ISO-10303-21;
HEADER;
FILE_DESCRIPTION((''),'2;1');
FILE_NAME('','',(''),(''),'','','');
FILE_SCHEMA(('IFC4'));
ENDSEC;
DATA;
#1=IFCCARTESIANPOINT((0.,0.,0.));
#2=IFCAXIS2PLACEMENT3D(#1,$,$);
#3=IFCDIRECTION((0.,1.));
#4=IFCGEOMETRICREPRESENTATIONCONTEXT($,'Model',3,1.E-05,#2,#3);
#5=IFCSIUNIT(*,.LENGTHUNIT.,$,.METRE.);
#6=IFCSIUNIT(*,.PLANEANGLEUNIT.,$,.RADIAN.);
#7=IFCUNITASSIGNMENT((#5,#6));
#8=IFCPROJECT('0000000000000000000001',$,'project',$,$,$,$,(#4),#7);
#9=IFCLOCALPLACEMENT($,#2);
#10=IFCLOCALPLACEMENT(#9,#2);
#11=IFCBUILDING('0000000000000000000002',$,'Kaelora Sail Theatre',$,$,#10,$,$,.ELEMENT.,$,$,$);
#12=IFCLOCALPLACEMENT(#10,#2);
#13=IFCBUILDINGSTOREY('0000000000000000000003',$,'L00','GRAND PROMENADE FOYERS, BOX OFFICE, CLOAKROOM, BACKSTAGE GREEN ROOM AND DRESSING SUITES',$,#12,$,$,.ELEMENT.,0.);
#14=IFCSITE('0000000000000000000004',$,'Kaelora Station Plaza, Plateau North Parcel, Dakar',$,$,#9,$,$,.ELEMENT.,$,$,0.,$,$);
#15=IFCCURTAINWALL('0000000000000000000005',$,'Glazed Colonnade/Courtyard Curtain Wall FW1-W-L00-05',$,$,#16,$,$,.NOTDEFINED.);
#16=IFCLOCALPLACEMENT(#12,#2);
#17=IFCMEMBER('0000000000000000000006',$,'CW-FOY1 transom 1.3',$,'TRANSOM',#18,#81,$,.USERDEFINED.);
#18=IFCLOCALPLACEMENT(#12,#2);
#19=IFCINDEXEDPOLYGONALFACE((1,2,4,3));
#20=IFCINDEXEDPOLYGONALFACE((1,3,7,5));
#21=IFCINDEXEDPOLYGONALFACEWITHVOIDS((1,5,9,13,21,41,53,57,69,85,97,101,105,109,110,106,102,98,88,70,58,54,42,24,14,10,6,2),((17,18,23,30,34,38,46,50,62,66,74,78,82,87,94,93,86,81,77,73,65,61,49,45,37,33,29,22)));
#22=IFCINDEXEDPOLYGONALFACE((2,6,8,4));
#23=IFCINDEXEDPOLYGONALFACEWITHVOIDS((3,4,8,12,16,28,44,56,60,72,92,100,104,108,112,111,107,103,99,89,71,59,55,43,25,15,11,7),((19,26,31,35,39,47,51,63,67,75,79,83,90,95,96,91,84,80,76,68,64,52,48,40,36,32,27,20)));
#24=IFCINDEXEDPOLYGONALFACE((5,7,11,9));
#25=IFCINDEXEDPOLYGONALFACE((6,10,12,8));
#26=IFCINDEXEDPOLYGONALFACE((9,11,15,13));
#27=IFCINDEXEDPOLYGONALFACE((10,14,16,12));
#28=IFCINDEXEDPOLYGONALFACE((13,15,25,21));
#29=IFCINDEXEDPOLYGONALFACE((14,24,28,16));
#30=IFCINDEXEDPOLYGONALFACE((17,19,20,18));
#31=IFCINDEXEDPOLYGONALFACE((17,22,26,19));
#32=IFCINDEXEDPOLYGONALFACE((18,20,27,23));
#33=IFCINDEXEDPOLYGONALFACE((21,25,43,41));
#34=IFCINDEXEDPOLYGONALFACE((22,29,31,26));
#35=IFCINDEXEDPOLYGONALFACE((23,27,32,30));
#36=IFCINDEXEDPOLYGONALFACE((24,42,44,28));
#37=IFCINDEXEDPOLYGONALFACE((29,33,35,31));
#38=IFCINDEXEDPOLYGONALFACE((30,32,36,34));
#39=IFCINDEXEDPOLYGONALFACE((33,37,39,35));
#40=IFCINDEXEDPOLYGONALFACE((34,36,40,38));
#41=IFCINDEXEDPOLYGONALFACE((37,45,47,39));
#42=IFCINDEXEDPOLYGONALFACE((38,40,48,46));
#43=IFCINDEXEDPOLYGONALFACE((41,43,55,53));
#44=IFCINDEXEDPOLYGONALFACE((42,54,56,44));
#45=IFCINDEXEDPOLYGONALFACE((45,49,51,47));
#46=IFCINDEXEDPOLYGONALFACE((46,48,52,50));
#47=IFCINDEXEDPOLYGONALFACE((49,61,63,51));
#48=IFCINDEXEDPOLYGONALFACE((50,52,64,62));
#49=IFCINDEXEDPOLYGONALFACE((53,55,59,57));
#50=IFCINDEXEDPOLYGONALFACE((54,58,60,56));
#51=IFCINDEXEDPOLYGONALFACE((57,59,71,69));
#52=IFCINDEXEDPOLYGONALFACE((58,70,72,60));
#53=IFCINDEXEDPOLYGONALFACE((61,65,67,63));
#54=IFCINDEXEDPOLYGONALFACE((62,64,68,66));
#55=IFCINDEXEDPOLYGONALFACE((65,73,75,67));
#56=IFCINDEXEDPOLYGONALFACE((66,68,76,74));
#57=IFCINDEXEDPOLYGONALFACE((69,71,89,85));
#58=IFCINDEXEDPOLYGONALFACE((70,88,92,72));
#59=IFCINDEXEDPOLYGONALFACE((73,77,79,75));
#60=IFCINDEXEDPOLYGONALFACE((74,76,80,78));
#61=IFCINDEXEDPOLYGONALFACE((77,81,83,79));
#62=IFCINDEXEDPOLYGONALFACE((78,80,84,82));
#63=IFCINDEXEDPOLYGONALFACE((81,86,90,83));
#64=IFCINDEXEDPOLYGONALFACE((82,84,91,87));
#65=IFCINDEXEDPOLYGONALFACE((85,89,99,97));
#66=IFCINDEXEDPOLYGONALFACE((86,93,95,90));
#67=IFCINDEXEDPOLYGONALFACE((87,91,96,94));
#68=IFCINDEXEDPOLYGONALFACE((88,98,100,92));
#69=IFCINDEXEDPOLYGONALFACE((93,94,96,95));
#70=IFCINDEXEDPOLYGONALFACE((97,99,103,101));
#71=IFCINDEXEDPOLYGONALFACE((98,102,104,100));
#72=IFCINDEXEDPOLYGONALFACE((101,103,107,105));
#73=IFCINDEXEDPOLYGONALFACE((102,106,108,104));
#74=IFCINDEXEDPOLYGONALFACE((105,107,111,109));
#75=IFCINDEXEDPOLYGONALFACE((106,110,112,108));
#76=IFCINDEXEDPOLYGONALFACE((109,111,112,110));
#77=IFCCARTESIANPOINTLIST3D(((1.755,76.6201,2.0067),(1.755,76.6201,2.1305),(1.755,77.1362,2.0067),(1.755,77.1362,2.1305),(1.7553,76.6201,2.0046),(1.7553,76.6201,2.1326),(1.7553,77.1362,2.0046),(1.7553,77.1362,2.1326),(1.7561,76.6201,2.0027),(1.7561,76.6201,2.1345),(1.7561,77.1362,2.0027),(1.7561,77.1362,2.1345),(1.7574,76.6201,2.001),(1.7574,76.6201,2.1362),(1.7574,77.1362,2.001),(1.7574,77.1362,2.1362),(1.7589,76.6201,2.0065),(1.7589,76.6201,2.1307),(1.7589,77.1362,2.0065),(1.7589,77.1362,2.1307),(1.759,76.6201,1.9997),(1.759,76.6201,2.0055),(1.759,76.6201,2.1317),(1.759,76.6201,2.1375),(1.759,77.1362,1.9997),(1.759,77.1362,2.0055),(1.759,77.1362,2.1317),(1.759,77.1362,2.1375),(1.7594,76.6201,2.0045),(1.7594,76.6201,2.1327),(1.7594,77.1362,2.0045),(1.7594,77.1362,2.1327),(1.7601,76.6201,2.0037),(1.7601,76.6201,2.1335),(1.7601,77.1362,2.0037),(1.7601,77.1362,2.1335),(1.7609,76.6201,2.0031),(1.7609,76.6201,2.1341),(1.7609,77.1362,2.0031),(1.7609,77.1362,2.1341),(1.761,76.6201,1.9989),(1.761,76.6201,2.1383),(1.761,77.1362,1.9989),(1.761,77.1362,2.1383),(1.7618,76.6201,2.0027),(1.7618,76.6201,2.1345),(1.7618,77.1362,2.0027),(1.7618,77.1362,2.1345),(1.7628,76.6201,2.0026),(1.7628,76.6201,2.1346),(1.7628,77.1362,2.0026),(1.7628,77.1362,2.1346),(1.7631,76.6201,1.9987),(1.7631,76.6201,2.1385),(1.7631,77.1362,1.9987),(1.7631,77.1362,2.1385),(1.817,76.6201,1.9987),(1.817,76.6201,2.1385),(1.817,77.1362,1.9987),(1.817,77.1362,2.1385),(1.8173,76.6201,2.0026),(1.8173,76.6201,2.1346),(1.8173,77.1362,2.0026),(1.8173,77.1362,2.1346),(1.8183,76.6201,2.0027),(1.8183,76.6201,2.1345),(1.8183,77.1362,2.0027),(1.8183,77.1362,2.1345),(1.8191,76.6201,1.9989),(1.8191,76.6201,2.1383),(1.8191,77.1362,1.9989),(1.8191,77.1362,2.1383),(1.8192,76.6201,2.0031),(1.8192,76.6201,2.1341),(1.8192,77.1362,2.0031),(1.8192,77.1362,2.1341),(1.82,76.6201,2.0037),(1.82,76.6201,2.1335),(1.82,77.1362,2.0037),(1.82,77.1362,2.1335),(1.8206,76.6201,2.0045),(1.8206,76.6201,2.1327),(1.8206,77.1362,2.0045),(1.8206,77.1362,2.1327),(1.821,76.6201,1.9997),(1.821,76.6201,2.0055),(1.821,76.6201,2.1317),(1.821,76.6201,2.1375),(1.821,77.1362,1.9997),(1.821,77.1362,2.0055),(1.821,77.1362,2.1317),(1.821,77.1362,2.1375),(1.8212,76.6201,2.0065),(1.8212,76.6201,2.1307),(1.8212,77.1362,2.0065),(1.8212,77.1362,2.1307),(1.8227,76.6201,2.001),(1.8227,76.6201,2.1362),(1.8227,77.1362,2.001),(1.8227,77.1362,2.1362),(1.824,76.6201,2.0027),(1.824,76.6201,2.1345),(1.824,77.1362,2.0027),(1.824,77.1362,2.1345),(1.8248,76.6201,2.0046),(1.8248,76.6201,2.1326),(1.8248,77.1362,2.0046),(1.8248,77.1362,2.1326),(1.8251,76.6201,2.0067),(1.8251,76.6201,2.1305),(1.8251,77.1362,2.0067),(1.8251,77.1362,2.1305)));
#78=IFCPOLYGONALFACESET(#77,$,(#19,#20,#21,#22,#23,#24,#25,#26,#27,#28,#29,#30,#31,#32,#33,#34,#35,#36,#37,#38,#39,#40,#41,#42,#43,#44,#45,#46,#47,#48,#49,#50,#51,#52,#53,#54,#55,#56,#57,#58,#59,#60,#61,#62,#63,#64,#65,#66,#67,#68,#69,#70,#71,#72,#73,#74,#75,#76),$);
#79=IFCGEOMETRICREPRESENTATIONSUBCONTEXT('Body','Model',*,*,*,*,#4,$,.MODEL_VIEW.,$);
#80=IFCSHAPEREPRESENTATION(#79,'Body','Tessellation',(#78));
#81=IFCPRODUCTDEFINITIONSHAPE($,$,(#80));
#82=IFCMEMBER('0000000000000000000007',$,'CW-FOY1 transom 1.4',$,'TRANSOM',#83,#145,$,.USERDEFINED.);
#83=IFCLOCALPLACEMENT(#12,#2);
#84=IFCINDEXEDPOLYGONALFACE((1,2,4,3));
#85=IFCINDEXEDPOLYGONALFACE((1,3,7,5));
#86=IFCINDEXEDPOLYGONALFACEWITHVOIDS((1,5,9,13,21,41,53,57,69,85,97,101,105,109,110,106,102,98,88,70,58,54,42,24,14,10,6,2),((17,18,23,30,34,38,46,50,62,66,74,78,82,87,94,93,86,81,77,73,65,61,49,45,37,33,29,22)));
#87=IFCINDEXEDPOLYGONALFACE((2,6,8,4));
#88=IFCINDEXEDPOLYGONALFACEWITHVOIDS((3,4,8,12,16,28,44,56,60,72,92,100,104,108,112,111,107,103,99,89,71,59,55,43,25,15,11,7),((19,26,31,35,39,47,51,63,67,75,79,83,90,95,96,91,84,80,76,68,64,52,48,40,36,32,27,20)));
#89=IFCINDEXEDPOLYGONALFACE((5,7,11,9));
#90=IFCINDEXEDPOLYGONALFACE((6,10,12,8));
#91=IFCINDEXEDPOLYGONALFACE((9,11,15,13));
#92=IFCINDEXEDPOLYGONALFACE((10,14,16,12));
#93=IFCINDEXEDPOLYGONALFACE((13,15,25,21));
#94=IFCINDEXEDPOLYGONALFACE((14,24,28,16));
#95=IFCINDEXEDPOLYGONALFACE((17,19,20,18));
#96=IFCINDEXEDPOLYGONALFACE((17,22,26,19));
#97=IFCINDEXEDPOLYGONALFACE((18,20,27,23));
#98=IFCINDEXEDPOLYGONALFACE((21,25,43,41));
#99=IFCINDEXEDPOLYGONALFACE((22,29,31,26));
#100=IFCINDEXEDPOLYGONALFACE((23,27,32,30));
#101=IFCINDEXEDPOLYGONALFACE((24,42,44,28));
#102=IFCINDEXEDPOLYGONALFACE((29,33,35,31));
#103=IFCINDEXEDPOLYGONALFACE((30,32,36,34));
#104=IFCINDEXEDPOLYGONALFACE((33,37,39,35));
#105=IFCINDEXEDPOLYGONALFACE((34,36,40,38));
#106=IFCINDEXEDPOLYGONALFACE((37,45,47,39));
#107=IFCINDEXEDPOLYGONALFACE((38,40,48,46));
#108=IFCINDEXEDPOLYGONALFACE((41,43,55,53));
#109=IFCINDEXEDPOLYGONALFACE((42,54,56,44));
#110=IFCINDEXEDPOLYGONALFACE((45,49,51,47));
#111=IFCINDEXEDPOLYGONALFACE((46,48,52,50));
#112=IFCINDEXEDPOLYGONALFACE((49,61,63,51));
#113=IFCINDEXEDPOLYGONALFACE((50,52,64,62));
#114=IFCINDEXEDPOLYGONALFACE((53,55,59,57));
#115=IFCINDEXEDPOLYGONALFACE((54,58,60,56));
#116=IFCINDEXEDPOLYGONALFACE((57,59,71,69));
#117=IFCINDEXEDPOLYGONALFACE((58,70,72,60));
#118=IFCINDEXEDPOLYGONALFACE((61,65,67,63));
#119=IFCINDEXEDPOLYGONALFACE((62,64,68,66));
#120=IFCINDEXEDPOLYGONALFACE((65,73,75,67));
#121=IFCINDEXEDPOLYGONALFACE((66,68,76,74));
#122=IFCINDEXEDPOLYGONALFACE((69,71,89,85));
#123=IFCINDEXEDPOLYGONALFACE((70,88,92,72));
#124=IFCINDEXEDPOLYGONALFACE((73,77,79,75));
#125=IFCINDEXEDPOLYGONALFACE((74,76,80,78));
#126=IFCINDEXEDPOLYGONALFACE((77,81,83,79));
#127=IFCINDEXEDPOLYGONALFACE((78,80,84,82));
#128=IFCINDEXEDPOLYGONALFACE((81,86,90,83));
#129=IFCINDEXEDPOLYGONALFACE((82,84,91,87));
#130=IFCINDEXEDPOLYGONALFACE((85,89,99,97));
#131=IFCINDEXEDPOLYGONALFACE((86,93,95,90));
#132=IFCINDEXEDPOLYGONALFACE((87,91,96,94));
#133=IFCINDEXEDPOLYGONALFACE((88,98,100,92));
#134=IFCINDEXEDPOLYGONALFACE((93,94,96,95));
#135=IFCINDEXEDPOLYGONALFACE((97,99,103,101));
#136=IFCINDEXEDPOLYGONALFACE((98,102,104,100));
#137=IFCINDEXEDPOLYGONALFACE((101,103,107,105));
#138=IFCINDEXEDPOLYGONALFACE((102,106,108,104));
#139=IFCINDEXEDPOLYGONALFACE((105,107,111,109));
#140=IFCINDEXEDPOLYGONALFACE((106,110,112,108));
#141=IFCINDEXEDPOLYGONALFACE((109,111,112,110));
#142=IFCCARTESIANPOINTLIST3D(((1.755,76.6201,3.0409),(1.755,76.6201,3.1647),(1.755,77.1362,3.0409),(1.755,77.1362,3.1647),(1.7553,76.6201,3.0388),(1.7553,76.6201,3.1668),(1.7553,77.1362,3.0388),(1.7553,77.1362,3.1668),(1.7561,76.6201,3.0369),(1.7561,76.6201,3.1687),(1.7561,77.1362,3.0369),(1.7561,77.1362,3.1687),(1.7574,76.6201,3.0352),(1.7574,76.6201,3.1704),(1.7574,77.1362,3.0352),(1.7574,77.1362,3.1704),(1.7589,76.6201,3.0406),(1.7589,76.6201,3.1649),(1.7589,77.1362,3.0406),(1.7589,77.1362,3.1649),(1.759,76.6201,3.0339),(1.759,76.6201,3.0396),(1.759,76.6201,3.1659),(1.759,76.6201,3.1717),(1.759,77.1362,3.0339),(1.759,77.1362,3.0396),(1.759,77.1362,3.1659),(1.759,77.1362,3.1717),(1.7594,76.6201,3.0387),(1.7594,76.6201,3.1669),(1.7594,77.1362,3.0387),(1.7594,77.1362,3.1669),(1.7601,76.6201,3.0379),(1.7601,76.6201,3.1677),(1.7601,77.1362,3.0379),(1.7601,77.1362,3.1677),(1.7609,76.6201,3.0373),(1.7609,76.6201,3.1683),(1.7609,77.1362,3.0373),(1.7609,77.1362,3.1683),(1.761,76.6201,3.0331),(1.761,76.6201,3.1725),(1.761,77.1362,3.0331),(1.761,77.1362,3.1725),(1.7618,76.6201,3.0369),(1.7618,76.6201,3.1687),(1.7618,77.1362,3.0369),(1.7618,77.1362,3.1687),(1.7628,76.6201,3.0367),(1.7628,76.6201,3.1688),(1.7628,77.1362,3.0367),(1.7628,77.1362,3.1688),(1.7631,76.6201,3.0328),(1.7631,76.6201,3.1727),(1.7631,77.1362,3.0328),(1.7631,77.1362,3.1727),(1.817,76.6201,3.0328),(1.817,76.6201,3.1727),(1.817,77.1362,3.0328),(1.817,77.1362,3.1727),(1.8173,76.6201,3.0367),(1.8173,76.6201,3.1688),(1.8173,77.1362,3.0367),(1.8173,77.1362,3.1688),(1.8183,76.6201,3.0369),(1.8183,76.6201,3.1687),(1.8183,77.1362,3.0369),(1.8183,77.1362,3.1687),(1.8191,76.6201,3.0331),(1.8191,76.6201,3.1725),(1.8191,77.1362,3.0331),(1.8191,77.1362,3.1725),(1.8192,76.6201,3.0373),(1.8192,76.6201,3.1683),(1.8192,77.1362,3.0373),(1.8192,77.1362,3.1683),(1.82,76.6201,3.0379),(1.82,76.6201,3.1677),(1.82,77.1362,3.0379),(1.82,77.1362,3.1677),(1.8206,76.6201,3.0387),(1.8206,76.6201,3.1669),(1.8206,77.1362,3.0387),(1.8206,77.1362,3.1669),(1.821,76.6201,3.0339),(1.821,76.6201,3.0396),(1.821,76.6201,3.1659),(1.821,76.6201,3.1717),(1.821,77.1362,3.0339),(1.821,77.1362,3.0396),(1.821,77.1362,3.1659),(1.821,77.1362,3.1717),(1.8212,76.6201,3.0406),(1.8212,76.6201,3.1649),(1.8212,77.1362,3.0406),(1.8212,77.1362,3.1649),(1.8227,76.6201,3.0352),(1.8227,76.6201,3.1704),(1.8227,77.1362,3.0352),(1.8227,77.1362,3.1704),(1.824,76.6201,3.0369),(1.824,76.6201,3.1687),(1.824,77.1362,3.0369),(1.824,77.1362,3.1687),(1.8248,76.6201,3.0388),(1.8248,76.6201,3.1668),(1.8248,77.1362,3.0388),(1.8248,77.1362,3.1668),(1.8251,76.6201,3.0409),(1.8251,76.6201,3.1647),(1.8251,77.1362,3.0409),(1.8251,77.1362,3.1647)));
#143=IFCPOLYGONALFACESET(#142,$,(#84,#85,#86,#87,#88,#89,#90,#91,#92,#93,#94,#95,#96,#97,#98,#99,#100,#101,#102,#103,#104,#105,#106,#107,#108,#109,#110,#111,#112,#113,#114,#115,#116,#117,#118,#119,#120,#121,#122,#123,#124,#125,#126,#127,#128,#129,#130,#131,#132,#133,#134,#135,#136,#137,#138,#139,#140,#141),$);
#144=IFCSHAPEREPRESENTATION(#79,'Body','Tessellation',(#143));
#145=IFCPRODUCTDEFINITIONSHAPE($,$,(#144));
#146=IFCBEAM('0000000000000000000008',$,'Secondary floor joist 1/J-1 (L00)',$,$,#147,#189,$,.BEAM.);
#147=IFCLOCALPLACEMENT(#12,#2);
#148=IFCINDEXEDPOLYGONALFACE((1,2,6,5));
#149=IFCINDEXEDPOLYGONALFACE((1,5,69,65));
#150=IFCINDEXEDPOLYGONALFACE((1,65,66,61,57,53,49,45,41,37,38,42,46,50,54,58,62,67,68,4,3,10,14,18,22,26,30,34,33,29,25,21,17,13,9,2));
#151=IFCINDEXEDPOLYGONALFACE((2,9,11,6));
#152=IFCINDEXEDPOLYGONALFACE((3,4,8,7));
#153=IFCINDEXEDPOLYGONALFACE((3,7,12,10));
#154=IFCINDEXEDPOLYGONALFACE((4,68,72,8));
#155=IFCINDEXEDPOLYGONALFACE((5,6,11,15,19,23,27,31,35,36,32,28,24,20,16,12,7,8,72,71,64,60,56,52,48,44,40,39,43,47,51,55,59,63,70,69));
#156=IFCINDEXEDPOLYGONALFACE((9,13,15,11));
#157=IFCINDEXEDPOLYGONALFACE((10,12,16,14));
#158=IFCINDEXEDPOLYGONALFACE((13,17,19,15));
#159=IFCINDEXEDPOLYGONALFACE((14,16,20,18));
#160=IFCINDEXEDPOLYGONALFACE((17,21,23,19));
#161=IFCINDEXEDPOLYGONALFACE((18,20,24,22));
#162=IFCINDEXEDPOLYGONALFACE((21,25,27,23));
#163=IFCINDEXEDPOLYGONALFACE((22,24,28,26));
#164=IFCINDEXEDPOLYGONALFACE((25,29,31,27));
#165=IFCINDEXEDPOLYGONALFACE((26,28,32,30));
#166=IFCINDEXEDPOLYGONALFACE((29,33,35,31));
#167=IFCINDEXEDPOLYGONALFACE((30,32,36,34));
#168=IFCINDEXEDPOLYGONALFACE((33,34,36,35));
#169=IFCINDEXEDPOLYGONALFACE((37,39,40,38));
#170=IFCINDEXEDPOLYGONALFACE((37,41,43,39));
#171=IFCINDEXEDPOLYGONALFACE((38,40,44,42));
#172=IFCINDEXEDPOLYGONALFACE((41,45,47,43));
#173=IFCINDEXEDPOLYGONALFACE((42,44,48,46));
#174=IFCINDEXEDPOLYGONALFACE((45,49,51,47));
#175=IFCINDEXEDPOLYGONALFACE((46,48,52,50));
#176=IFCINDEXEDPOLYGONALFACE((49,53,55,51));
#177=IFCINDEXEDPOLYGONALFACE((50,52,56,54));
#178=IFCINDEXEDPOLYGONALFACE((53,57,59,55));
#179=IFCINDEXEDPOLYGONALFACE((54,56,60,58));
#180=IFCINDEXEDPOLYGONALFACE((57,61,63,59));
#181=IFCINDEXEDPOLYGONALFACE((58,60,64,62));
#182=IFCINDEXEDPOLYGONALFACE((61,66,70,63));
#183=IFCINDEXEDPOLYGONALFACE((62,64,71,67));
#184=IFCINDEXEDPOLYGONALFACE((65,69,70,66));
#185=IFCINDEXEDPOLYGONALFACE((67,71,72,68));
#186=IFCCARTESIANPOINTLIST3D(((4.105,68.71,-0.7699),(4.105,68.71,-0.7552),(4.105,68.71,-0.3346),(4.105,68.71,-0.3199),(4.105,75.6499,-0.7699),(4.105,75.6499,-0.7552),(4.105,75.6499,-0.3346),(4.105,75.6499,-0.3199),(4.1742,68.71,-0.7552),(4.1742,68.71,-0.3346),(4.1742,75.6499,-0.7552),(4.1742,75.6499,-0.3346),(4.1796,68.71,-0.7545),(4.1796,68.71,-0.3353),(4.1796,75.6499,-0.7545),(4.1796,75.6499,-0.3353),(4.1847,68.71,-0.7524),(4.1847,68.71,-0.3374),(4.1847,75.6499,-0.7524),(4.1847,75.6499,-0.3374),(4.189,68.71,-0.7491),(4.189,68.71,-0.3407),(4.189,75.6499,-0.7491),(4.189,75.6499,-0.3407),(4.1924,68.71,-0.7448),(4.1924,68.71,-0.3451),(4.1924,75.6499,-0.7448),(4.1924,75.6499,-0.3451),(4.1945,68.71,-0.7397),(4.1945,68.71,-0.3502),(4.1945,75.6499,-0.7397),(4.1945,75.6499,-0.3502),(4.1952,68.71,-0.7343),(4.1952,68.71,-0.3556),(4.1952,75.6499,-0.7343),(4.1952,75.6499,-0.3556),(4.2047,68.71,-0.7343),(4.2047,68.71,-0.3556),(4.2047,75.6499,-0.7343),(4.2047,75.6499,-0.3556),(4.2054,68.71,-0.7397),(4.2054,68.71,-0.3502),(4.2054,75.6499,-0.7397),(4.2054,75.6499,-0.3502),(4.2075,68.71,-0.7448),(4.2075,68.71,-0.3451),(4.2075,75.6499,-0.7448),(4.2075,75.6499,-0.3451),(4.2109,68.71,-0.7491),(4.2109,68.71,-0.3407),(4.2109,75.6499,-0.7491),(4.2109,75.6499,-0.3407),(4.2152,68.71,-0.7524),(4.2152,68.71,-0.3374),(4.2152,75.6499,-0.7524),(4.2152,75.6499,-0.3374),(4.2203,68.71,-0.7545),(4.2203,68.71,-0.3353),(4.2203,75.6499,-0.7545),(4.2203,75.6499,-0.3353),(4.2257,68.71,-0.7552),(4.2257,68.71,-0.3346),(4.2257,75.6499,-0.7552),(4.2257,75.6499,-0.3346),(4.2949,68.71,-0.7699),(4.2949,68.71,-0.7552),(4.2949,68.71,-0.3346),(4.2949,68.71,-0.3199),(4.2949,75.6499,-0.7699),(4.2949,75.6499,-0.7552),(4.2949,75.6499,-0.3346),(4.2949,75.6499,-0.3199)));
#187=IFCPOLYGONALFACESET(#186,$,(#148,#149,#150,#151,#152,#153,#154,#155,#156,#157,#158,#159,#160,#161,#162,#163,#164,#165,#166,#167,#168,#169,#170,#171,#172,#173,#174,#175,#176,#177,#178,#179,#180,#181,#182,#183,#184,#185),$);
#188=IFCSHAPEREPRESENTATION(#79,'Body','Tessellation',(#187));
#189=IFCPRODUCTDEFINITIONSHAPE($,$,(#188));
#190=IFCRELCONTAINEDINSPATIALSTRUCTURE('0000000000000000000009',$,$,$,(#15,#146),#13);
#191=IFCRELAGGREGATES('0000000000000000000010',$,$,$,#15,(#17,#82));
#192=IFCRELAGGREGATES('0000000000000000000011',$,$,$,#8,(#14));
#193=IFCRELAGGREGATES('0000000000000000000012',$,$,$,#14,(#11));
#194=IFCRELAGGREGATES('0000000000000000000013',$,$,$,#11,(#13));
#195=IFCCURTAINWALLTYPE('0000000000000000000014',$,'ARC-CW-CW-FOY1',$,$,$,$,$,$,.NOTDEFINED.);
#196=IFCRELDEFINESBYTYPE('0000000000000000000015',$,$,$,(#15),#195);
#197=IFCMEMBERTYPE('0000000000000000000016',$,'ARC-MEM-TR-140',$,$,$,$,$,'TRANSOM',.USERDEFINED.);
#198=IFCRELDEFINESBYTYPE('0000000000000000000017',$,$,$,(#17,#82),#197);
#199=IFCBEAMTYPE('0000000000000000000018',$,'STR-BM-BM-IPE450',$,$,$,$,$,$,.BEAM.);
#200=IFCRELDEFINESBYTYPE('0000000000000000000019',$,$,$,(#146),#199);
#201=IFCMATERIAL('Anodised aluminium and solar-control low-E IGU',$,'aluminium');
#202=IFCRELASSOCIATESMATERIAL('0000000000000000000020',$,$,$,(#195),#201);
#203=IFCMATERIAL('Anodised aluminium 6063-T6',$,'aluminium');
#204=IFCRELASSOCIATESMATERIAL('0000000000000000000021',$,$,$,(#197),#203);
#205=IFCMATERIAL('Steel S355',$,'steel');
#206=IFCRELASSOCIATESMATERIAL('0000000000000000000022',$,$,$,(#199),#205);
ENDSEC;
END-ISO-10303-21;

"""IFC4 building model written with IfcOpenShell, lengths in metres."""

from ifc_helpers import new_model, si_unit, direction, frame, origin, origin_2d, place, context, subcontext, project, spatial, hollow_rectangle, i_section, extrude, material, material_profile, profile_set, type_object, element, aggregate, save


model = new_model("IFC4")

# Units and contexts
model_context = context("Model", 3, precision=1e-05, world=origin(), true_north=direction((0.0, 1.0)))
body_context = subcontext(model_context, "Body", "Model", "MODEL_VIEW")
ifc_project = project(units=[si_unit("LENGTHUNIT", "METRE"), si_unit("PLANEANGLEUNIT", "RADIAN")], contexts=[model_context])

# Site, building, storey
site_placement = place(None, origin())
site = spatial("IfcSite", under=ifc_project, at=site_placement, Name="Kaelora Station Plaza, Plateau North Parcel, Dakar", CompositionType="ELEMENT", RefElevation=0.0)
building_placement = place(site_placement, origin())
building = spatial("IfcBuilding", under=site, at=building_placement, Name="Kaelora Sail Theatre", CompositionType="ELEMENT")
storey_placement = place(building_placement, origin())
storey = spatial("IfcBuildingStorey", under=building, at=storey_placement, Name="L00", Description="GRAND PROMENADE FOYERS, BOX OFFICE, CLOAKROOM, BACKSTAGE GREEN ROOM AND DRESSING SUITES", CompositionType="ELEMENT", Elevation=0.0)

# Shared definitions
ifc_material_1 = material(Name="Anodised aluminium and solar-control low-E IGU", Category="aluminium")
curtain_wall_type = type_object("IfcCurtainWallType", Name="ARC-CW-CW-FOY1", PredefinedType="NOTDEFINED", material=ifc_material_1)

# Curtain wall
curtain_wall_1_placement = place(storey_placement, origin())
curtain_wall_1 = element("IfcCurtainWall", 1, at=curtain_wall_1_placement, inside=storey, type_object=curtain_wall_type, Name="Glazed Colonnade/Courtyard Curtain Wall FW1-W-L00-05", PredefinedType="NOTDEFINED")

# Members
ifc_material_2 = material(Name="Anodised aluminium 6063-T6", Category="aluminium")
ifc_material_profile_1 = material_profile(ifc_material_2, hollow_rectangle(XDim=0.0701, YDim=0.1399, WallThickness=0.0039, InnerFilletRadius=0.0039, OuterFilletRadius=0.0081, at=origin_2d()), Name="ALU-TRAN 70x140x4")
ifc_profile_set_1 = profile_set([ifc_material_profile_1], Name="Anodised aluminium 6063-T6")
member_type_1 = type_object("IfcMemberType", Name="ARC-MEM-TR-140", ElementType="TRANSOM", PredefinedType="USERDEFINED", material=ifc_profile_set_1)
member_1_placement = place(storey_placement, frame((1.79, 76.6201, 2.0686), z_axis=(0.0, 1.0, 0.0), x_axis=(-1.0, 0.0, 0.0)))
member_1 = element("IfcMember", 2, at=member_1_placement, type_object=member_type_1, Name="CW-FOY1 transom 1.3", ObjectType="TRANSOM", PredefinedType="USERDEFINED", context=body_context, shape_type="SweptSolid", body=[
    extrude(hollow_rectangle(XDim=0.0701, YDim=0.1399, WallThickness=0.0039, InnerFilletRadius=0.0039, OuterFilletRadius=0.0081, at=origin_2d()), origin(), (0.0, 0.0, 1.0), 0.5161),
])
member_2_placement = place(storey_placement, frame((1.79, 76.6201, 3.1028), z_axis=(0.0, 1.0, 0.0), x_axis=(-1.0, 0.0, 0.0)))
member_2 = element("IfcMember", 3, at=member_2_placement, type_object=member_type_1, Name="CW-FOY1 transom 1.4", ObjectType="TRANSOM", PredefinedType="USERDEFINED", context=body_context, shape_type="SweptSolid", body=[
    extrude(hollow_rectangle(XDim=0.0701, YDim=0.1399, WallThickness=0.0039, InnerFilletRadius=0.0039, OuterFilletRadius=0.0081, at=origin_2d()), origin(), (0.0, 0.0, 1.0), 0.5161),
])
aggregate(curtain_wall_1, [member_1, member_2])

# Beam
ifc_material_3 = material(Name="Steel S355", Category="steel")
ifc_material_profile_2 = material_profile(ifc_material_3, i_section(OverallWidth=0.1899, OverallDepth=0.45, WebThickness=0.0095, FlangeThickness=0.0146, FilletRadius=0.021, at=origin_2d()), Name="IPE 450")
ifc_profile_set_2 = profile_set([ifc_material_profile_2], Name="Steel S355")
beam_type_1 = type_object("IfcBeamType", Name="STR-BM-BM-IPE450", PredefinedType="BEAM", material=ifc_profile_set_2)
beam_1_placement = place(storey_placement, frame((4.2, 68.71, -0.5449), z_axis=(0.0, 1.0, 0.0), x_axis=(-1.0, 0.0, 0.0)))
element("IfcBeam", 4, at=beam_1_placement, inside=storey, type_object=beam_type_1, Name="Secondary floor joist 1/J-1 (L00)", PredefinedType="BEAM", context=body_context, shape_type="SweptSolid", body=[
    extrude(i_section(OverallWidth=0.1899, OverallDepth=0.45, WebThickness=0.0095, FlangeThickness=0.0146, FilletRadius=0.021, at=origin_2d()), origin(), (0.0, 0.0, 1.0), 6.9399),
])

save(model, "model.ifc")
